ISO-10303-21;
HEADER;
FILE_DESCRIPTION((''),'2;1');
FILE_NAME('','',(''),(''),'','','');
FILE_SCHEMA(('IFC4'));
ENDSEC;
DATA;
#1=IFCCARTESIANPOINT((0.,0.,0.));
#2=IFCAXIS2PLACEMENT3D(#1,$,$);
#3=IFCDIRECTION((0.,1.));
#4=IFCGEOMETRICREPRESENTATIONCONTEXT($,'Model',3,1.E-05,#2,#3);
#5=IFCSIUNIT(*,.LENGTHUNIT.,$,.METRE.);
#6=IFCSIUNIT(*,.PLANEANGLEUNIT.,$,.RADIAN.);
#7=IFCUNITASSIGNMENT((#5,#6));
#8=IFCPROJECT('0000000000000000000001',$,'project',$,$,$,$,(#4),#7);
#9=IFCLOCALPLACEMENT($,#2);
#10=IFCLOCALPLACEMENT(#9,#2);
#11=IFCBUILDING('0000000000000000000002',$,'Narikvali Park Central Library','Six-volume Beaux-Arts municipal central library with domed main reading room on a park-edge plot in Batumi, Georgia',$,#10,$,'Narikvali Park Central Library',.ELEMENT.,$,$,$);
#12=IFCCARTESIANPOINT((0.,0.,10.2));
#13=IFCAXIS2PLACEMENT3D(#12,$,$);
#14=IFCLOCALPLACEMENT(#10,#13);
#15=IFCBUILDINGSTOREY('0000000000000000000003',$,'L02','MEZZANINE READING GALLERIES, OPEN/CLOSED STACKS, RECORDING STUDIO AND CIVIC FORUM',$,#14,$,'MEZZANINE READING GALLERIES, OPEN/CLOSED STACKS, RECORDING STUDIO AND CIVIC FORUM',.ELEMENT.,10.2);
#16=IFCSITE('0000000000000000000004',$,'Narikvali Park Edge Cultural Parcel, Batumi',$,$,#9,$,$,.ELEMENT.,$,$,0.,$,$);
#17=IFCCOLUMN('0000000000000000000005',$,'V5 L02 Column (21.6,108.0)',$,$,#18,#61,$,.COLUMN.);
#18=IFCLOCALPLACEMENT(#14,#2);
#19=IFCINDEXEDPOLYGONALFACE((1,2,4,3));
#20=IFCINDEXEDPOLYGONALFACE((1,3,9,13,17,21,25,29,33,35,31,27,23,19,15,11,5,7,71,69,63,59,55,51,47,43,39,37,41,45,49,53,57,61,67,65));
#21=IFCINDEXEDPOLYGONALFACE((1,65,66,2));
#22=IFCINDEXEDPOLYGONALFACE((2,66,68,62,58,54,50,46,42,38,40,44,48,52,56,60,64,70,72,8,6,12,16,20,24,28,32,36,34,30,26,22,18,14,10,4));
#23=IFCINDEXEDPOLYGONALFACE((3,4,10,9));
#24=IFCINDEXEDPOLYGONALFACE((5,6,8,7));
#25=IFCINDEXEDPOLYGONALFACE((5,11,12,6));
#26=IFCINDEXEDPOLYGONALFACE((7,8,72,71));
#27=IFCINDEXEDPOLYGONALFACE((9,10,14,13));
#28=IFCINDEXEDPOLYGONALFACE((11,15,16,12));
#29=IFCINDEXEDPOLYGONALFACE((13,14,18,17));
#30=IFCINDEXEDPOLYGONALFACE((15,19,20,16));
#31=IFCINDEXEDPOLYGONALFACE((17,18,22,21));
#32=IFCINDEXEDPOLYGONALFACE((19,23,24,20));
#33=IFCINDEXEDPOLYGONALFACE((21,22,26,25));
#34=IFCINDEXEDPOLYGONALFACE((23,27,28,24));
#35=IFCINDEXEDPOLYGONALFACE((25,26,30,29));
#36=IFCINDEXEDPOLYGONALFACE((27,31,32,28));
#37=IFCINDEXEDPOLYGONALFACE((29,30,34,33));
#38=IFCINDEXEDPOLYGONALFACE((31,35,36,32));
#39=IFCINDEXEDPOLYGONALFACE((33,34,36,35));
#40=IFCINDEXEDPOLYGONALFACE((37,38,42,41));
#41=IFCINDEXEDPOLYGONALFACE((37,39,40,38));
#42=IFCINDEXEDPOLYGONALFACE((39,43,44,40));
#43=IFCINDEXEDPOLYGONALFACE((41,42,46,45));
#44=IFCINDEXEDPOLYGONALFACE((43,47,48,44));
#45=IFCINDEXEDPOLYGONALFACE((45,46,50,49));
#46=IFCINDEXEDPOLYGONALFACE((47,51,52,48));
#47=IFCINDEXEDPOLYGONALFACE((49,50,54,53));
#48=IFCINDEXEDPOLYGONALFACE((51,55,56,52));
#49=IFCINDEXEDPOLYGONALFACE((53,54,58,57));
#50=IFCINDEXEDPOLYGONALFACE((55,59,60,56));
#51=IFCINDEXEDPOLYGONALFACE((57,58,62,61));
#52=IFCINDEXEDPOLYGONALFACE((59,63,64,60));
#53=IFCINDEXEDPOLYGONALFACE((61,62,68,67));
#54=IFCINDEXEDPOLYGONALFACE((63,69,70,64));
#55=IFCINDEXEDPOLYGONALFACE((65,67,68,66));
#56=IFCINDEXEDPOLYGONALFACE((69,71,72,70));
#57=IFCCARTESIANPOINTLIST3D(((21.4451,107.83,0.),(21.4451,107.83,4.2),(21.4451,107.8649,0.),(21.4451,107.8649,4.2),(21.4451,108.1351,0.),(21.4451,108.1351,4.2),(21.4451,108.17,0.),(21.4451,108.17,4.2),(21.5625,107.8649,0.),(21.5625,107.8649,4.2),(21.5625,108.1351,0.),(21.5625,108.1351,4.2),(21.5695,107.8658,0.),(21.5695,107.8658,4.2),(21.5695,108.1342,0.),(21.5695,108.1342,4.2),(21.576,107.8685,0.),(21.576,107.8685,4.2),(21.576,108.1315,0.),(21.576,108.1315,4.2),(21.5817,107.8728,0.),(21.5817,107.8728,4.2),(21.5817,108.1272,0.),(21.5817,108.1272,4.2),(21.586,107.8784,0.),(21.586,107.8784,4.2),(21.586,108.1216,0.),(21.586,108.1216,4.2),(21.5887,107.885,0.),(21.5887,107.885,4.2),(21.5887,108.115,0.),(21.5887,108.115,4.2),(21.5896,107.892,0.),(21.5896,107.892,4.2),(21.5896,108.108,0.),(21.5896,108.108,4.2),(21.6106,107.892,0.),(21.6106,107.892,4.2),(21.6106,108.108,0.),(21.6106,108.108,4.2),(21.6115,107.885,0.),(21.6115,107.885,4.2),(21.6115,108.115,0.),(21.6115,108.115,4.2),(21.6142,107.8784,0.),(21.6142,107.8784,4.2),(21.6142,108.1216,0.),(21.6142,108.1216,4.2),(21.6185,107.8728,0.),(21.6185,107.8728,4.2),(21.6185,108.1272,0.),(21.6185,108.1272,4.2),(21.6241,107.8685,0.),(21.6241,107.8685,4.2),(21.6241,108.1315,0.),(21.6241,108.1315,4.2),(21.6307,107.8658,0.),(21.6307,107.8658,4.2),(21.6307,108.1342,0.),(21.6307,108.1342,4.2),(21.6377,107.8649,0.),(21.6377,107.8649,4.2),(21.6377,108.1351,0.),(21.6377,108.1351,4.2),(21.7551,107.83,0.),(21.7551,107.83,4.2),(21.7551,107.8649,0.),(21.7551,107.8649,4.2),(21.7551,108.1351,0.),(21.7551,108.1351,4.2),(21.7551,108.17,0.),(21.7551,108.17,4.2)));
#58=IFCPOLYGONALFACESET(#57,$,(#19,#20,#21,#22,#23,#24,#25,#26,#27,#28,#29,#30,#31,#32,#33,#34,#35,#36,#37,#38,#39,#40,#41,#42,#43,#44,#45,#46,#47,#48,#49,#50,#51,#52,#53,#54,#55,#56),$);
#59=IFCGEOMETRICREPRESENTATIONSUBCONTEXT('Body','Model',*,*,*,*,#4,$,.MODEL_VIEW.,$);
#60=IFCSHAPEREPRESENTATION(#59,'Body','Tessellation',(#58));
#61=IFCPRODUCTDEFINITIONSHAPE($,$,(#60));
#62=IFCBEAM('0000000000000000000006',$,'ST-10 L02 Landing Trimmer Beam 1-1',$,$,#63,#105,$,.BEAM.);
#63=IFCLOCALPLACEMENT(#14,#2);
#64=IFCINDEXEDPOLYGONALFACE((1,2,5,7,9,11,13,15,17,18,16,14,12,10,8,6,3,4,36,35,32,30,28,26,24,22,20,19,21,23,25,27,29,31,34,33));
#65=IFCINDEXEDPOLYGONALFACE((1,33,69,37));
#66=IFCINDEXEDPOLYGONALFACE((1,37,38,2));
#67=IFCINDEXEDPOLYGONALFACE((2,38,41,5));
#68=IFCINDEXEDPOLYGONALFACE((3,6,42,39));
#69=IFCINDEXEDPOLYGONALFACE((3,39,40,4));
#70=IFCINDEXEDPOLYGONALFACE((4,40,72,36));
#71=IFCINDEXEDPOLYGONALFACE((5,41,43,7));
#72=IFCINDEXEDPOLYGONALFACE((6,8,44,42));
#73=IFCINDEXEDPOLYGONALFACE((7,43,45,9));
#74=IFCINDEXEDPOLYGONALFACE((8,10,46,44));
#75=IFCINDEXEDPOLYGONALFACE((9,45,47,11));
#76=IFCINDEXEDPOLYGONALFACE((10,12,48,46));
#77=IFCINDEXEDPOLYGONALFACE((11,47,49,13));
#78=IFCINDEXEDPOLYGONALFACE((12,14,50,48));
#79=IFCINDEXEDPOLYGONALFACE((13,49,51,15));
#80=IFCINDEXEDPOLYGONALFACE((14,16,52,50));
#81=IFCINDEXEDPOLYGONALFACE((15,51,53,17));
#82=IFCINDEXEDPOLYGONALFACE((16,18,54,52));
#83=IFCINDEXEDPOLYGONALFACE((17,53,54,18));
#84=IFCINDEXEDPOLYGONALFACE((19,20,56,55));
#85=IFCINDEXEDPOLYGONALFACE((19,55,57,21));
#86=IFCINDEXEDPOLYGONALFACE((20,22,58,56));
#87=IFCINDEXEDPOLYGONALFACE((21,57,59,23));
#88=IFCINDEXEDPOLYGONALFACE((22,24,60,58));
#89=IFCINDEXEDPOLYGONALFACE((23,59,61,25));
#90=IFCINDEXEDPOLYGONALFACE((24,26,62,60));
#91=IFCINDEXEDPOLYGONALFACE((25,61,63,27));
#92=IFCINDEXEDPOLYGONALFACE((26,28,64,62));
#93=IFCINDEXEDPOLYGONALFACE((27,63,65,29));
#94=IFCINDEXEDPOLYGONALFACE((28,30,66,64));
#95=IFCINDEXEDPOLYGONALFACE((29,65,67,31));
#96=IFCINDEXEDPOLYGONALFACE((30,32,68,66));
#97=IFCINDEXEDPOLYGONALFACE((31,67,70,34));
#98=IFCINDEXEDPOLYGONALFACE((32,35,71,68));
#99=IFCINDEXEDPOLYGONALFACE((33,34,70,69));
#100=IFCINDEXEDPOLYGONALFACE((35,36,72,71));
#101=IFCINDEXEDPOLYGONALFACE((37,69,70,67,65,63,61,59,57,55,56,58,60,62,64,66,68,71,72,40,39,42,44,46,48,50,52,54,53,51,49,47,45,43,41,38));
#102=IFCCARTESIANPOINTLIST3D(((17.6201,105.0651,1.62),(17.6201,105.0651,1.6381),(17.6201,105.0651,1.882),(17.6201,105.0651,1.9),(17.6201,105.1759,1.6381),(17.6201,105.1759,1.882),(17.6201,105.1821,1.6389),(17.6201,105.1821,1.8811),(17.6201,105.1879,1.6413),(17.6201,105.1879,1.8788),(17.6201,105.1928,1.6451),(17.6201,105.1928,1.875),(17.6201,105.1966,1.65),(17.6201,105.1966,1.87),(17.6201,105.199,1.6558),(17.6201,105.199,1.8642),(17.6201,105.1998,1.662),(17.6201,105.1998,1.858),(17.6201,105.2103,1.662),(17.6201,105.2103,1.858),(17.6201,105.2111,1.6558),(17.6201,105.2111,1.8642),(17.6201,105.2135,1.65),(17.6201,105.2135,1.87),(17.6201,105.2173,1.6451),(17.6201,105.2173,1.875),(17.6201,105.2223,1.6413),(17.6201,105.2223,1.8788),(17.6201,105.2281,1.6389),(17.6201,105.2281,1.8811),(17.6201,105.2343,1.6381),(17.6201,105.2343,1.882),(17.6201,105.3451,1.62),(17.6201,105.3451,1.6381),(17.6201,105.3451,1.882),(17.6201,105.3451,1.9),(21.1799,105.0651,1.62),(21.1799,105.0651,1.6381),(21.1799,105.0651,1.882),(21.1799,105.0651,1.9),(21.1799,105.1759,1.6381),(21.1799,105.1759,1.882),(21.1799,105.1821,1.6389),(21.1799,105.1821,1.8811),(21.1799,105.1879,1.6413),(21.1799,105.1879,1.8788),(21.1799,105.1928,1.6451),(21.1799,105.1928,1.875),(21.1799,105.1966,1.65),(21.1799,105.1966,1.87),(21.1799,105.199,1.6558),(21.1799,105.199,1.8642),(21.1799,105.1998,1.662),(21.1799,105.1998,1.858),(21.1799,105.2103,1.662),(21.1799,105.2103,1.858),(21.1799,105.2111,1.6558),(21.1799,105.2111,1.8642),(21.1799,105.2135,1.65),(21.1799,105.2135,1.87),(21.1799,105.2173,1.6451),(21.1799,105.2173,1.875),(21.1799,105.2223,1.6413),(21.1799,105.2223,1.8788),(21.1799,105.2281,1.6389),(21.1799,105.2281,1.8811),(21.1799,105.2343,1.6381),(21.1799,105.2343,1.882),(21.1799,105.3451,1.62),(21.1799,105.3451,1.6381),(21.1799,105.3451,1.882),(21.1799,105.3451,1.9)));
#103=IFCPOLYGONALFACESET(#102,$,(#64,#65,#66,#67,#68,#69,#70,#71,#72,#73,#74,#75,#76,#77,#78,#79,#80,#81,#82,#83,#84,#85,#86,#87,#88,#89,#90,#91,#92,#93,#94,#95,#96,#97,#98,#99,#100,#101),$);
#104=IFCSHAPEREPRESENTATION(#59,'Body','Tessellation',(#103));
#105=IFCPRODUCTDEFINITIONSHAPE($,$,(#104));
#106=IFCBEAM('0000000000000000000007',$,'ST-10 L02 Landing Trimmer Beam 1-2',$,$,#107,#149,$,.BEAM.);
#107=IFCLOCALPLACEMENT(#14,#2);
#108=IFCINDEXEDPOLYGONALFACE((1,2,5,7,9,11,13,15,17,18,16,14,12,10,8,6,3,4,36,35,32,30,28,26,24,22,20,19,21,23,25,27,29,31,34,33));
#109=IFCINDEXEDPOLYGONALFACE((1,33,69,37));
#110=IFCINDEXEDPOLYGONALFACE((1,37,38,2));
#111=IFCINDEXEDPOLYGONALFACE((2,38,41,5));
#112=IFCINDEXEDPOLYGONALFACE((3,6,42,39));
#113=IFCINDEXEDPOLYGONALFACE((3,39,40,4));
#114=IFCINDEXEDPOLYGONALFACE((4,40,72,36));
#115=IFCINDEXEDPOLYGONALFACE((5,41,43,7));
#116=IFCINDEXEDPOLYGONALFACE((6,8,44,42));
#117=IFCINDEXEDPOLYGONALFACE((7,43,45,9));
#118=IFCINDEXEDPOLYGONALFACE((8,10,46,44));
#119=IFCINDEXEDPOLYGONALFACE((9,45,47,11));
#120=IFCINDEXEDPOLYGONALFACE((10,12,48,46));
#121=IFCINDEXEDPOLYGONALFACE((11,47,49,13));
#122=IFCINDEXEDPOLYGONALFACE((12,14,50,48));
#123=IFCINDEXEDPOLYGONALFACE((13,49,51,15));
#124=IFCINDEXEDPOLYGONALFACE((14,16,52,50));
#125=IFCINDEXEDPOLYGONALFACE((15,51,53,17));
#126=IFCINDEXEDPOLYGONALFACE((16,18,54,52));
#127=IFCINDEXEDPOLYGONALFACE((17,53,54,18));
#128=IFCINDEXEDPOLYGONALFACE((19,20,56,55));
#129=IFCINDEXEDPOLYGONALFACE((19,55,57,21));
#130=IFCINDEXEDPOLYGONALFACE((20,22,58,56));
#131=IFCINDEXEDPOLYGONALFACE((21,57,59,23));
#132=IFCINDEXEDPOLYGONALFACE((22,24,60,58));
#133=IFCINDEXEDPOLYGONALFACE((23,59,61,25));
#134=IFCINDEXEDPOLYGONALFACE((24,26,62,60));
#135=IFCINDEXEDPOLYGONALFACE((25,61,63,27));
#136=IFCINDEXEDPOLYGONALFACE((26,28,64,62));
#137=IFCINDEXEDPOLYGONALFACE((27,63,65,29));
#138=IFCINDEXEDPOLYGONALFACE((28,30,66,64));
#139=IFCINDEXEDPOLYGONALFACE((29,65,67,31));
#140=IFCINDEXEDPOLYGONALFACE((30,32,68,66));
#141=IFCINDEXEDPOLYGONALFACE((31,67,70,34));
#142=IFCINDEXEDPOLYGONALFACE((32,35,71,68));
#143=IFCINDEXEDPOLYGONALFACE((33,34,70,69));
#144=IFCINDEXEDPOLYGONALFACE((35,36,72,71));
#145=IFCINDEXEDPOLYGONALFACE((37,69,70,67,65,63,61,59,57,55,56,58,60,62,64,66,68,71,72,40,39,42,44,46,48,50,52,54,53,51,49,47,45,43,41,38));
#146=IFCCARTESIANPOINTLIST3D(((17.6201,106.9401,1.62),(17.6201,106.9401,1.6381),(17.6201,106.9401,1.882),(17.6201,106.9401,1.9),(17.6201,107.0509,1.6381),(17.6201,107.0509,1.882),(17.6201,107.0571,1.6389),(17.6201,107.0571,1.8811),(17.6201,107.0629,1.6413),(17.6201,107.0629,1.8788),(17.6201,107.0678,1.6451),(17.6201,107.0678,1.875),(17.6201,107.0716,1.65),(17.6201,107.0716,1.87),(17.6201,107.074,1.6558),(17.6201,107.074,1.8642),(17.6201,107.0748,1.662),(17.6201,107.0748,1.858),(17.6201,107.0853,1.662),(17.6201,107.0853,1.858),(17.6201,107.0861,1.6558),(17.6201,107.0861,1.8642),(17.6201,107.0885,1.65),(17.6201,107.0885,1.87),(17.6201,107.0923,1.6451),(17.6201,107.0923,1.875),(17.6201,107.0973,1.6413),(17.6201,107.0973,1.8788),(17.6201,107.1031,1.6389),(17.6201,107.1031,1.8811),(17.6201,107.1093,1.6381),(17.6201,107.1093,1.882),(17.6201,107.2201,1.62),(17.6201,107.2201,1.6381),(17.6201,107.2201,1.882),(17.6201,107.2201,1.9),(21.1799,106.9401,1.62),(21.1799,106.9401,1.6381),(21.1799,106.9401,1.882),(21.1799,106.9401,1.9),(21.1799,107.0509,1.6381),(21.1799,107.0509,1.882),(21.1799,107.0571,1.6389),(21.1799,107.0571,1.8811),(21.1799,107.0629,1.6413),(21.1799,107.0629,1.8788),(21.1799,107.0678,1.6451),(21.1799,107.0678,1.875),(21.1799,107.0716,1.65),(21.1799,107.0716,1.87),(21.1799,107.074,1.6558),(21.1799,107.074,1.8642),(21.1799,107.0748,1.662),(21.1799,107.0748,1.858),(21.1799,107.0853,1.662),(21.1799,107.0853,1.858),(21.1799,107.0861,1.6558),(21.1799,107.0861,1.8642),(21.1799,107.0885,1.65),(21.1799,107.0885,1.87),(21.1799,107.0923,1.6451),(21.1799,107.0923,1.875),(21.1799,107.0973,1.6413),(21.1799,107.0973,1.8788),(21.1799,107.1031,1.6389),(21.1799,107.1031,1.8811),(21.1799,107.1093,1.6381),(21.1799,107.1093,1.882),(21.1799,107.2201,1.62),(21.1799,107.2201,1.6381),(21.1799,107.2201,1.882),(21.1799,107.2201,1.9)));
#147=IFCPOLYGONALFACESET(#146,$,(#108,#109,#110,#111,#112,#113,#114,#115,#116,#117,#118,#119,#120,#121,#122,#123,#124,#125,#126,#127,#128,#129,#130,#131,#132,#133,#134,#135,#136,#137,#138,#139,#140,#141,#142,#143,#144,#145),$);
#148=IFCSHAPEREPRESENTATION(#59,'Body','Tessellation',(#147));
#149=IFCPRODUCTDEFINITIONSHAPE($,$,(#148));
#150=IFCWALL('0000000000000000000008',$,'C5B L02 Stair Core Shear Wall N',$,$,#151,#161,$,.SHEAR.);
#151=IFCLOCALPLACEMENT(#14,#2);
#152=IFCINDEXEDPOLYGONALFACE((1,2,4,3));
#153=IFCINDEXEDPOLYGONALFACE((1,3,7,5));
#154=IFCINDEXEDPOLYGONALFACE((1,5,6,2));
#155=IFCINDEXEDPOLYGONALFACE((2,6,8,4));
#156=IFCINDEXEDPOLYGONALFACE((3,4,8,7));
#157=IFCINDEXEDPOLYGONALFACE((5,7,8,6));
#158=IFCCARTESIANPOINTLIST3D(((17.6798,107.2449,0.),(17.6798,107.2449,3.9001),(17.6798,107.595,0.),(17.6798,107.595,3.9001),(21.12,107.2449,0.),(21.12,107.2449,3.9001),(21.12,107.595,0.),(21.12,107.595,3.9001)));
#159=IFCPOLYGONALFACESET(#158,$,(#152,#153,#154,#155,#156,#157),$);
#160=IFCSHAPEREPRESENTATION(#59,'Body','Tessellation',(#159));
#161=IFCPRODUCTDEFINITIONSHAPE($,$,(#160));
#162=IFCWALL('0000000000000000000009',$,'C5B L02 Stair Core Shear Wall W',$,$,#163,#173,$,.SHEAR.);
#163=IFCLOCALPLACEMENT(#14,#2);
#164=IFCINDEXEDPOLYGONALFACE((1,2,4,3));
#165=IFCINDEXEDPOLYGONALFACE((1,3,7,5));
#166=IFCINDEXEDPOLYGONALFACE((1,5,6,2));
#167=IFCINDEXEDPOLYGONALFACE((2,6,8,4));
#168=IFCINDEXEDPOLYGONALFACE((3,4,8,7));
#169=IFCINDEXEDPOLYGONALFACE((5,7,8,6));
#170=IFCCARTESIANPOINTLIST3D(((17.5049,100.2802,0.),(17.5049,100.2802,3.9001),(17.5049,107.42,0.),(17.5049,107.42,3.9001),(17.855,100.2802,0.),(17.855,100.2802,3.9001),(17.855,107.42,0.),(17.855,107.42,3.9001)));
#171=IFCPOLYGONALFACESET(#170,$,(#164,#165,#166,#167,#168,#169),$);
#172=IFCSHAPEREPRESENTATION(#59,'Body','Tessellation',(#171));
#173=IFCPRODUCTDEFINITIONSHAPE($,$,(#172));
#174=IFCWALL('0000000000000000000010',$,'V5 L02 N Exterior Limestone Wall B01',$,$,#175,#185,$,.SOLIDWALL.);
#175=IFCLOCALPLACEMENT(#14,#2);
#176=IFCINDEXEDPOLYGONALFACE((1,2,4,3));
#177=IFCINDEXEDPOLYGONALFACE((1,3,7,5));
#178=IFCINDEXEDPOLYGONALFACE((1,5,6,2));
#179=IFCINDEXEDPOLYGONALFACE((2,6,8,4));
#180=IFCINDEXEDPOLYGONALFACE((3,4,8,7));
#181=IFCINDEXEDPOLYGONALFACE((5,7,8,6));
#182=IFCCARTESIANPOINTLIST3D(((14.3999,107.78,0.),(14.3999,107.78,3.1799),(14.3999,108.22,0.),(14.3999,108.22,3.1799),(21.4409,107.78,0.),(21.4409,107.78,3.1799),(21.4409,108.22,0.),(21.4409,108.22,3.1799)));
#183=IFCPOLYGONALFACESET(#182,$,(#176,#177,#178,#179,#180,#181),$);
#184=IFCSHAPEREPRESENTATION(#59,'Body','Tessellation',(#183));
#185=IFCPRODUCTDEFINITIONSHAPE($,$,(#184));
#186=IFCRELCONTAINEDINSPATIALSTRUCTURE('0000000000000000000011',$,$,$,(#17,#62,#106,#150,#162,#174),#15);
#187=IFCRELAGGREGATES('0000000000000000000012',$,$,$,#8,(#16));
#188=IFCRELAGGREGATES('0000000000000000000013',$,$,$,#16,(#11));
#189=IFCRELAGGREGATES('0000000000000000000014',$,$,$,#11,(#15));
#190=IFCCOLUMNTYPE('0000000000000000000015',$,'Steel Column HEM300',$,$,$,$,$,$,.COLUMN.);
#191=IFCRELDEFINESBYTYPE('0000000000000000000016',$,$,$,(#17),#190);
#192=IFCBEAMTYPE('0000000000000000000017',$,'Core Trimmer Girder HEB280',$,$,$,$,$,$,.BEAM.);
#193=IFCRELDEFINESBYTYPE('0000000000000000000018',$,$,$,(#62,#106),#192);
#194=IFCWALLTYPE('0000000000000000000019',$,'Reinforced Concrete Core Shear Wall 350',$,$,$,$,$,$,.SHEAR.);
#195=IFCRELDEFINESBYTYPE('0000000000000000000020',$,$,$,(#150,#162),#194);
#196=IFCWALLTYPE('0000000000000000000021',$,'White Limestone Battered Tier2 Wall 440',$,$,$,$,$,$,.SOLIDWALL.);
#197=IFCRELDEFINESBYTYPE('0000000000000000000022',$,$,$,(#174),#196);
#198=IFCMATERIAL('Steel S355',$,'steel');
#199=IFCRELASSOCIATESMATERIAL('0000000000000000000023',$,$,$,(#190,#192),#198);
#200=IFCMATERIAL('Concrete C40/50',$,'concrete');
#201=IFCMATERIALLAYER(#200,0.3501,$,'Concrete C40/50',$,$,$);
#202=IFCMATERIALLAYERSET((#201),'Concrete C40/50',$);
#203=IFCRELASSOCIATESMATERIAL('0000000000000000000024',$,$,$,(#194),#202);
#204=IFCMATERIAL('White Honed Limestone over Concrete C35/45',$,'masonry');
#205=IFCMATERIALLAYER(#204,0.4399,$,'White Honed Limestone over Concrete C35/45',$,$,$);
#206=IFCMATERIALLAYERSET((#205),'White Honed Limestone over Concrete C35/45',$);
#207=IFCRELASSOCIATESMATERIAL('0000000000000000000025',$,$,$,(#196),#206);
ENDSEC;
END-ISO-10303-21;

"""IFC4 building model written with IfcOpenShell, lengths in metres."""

from ifc_helpers import new_model, si_unit, direction, frame, frame_2d, origin, origin_2d, place, context, subcontext, project, spatial, rectangle, i_section, extrude, material, layer, layer_set, material_profile, profile_set, type_object, element, save


model = new_model("IFC4")

# Units and contexts
model_context = context("Model", 3, precision=1e-05, world=origin(), true_north=direction((0.0, 1.0)))
body_context = subcontext(model_context, "Body", "Model", "MODEL_VIEW")
ifc_project = project(units=[si_unit("LENGTHUNIT", "METRE"), si_unit("PLANEANGLEUNIT", "RADIAN")], contexts=[model_context])

# Site, building, storey
site_placement = place(None, origin())
site = spatial("IfcSite", under=ifc_project, at=site_placement, Name="Narikvali Park Edge Cultural Parcel, Batumi", CompositionType="ELEMENT", RefElevation=0.0)
building_placement = place(site_placement, origin())
building = spatial("IfcBuilding", under=site, at=building_placement, Name="Narikvali Park Central Library", Description="Six-volume Beaux-Arts municipal central library with domed main reading room on a park-edge plot in Batumi, Georgia", LongName="Narikvali Park Central Library", CompositionType="ELEMENT")
storey_placement = place(building_placement, frame((0.0, 0.0, 10.2)))
storey = spatial("IfcBuildingStorey", under=building, at=storey_placement, Name="L02", Description="MEZZANINE READING GALLERIES, OPEN/CLOSED STACKS, RECORDING STUDIO AND CIVIC FORUM", LongName="MEZZANINE READING GALLERIES, OPEN/CLOSED STACKS, RECORDING STUDIO AND CIVIC FORUM", CompositionType="ELEMENT", Elevation=10.2)

# Column
ifc_material_1 = material(Name="Steel S355", Category="steel")
ifc_material_profile_1 = material_profile(ifc_material_1, i_section(OverallWidth=0.3101, OverallDepth=0.3401, WebThickness=0.021, FlangeThickness=0.0349, FilletRadius=0.0271, at=origin_2d()), Name="HEM 300")
ifc_profile_set_1 = profile_set([ifc_material_profile_1], Name="Steel S355")
column_type = type_object("IfcColumnType", Name="Steel Column HEM300", PredefinedType="COLUMN", material=ifc_profile_set_1)
column_placement = place(storey_placement, frame((21.6001, 108.0, 0.0), z_axis=(0.0, 0.0, 1.0), x_axis=(1.0, 0.0, 0.0)))
element("IfcColumn", 1, at=column_placement, inside=storey, type_object=column_type, Name="V5 L02 Column (21.6,108.0)", PredefinedType="COLUMN", context=body_context, shape_type="SweptSolid", body=[
    extrude(i_section(OverallWidth=0.3101, OverallDepth=0.3401, WebThickness=0.021, FlangeThickness=0.0349, FilletRadius=0.0271, at=origin_2d()), origin(), (0.0, 0.0, 1.0), 4.2),
])

# Beams
ifc_material_profile_2 = material_profile(ifc_material_1, i_section(OverallWidth=0.28, OverallDepth=0.28, WebThickness=0.0105, FlangeThickness=0.0181, FilletRadius=0.0239, at=origin_2d()), Name="HEB 280")
ifc_profile_set_2 = profile_set([ifc_material_profile_2], Name="Steel S355")
beam_type = type_object("IfcBeamType", Name="Core Trimmer Girder HEB280", PredefinedType="BEAM", material=ifc_profile_set_2)
for number, where, z_axis, x_axis, name in (
    (2, (17.6201, 105.2051, 1.76), (1.0, 0.0, 0.0), (0.0, 1.0, 0.0), "ST-10 L02 Landing Trimmer Beam 1-1"),
    (3, (17.6201, 107.0801, 1.76), (1.0, 0.0, 0.0), (0.0, 1.0, 0.0), "ST-10 L02 Landing Trimmer Beam 1-2"),
):
    element("IfcBeam", number, at=place(storey_placement, frame(where, z_axis=z_axis, x_axis=x_axis)), inside=storey, type_object=beam_type, Name=name, PredefinedType="BEAM", context=body_context, shape_type="SweptSolid", body=[
        extrude(i_section(OverallWidth=0.28, OverallDepth=0.28, WebThickness=0.0105, FlangeThickness=0.0181, FilletRadius=0.0239, at=origin_2d()), origin(), (0.0, 0.0, 1.0), 3.5598),
    ])

# Walls
ifc_material_2 = material(Name="Concrete C40/50", Category="concrete")
ifc_layer_1 = layer(ifc_material_2, 0.3501, Name="Concrete C40/50")
ifc_layer_set_1 = layer_set([ifc_layer_1], Name="Concrete C40/50")
wall_type_1 = type_object("IfcWallType", Name="Reinforced Concrete Core Shear Wall 350", PredefinedType="SHEAR", material=ifc_layer_set_1)
wall_1_placement = place(storey_placement, frame((21.1201, 107.4199, 0.0), z_axis=(0.0, 0.0, 1.0), x_axis=(-1.0, 0.0, 0.0)))
element("IfcWall", 4, at=wall_1_placement, inside=storey, type_object=wall_type_1, Name="C5B L02 Stair Core Shear Wall N", PredefinedType="SHEAR", context=body_context, shape_type="SweptSolid", body=[
    extrude(rectangle(XDim=3.4402, YDim=0.3501, at=frame_2d((1.7202, 0.0))), origin(), (0.0, 0.0, 1.0), 3.9001),
])
wall_2_placement = place(storey_placement, frame((17.6799, 107.4199, 0.0), z_axis=(0.0, 0.0, 1.0), x_axis=(0.0, -1.0, 0.0)))
element("IfcWall", 5, at=wall_2_placement, inside=storey, type_object=wall_type_1, Name="C5B L02 Stair Core Shear Wall W", PredefinedType="SHEAR", context=body_context, shape_type="SweptSolid", body=[
    extrude(rectangle(XDim=7.1399, YDim=0.3501, at=frame_2d((3.5698, 0.0))), origin(), (0.0, 0.0, 1.0), 3.9001),
])
ifc_material_3 = material(Name="White Honed Limestone over Concrete C35/45", Category="masonry")
ifc_layer_2 = layer(ifc_material_3, 0.4399, Name="White Honed Limestone over Concrete C35/45")
ifc_layer_set_2 = layer_set([ifc_layer_2], Name="White Honed Limestone over Concrete C35/45")
wall_type_2 = type_object("IfcWallType", Name="White Limestone Battered Tier2 Wall 440", PredefinedType="SOLIDWALL", material=ifc_layer_set_2)
wall_3_placement = place(storey_placement, frame((21.4409, 108.0, 0.0), z_axis=(0.0, 0.0, 1.0), x_axis=(-1.0, 0.0, 0.0)))
element("IfcWall", 6, at=wall_3_placement, inside=storey, type_object=wall_type_2, Name="V5 L02 N Exterior Limestone Wall B01", PredefinedType="SOLIDWALL", context=body_context, shape_type="SweptSolid", body=[
    extrude(rectangle(XDim=7.041, YDim=0.4399, at=frame_2d((3.5205, 0.0))), origin(), (0.0, 0.0, 1.0), 3.1799),
])

save(model, "model.ifc")
